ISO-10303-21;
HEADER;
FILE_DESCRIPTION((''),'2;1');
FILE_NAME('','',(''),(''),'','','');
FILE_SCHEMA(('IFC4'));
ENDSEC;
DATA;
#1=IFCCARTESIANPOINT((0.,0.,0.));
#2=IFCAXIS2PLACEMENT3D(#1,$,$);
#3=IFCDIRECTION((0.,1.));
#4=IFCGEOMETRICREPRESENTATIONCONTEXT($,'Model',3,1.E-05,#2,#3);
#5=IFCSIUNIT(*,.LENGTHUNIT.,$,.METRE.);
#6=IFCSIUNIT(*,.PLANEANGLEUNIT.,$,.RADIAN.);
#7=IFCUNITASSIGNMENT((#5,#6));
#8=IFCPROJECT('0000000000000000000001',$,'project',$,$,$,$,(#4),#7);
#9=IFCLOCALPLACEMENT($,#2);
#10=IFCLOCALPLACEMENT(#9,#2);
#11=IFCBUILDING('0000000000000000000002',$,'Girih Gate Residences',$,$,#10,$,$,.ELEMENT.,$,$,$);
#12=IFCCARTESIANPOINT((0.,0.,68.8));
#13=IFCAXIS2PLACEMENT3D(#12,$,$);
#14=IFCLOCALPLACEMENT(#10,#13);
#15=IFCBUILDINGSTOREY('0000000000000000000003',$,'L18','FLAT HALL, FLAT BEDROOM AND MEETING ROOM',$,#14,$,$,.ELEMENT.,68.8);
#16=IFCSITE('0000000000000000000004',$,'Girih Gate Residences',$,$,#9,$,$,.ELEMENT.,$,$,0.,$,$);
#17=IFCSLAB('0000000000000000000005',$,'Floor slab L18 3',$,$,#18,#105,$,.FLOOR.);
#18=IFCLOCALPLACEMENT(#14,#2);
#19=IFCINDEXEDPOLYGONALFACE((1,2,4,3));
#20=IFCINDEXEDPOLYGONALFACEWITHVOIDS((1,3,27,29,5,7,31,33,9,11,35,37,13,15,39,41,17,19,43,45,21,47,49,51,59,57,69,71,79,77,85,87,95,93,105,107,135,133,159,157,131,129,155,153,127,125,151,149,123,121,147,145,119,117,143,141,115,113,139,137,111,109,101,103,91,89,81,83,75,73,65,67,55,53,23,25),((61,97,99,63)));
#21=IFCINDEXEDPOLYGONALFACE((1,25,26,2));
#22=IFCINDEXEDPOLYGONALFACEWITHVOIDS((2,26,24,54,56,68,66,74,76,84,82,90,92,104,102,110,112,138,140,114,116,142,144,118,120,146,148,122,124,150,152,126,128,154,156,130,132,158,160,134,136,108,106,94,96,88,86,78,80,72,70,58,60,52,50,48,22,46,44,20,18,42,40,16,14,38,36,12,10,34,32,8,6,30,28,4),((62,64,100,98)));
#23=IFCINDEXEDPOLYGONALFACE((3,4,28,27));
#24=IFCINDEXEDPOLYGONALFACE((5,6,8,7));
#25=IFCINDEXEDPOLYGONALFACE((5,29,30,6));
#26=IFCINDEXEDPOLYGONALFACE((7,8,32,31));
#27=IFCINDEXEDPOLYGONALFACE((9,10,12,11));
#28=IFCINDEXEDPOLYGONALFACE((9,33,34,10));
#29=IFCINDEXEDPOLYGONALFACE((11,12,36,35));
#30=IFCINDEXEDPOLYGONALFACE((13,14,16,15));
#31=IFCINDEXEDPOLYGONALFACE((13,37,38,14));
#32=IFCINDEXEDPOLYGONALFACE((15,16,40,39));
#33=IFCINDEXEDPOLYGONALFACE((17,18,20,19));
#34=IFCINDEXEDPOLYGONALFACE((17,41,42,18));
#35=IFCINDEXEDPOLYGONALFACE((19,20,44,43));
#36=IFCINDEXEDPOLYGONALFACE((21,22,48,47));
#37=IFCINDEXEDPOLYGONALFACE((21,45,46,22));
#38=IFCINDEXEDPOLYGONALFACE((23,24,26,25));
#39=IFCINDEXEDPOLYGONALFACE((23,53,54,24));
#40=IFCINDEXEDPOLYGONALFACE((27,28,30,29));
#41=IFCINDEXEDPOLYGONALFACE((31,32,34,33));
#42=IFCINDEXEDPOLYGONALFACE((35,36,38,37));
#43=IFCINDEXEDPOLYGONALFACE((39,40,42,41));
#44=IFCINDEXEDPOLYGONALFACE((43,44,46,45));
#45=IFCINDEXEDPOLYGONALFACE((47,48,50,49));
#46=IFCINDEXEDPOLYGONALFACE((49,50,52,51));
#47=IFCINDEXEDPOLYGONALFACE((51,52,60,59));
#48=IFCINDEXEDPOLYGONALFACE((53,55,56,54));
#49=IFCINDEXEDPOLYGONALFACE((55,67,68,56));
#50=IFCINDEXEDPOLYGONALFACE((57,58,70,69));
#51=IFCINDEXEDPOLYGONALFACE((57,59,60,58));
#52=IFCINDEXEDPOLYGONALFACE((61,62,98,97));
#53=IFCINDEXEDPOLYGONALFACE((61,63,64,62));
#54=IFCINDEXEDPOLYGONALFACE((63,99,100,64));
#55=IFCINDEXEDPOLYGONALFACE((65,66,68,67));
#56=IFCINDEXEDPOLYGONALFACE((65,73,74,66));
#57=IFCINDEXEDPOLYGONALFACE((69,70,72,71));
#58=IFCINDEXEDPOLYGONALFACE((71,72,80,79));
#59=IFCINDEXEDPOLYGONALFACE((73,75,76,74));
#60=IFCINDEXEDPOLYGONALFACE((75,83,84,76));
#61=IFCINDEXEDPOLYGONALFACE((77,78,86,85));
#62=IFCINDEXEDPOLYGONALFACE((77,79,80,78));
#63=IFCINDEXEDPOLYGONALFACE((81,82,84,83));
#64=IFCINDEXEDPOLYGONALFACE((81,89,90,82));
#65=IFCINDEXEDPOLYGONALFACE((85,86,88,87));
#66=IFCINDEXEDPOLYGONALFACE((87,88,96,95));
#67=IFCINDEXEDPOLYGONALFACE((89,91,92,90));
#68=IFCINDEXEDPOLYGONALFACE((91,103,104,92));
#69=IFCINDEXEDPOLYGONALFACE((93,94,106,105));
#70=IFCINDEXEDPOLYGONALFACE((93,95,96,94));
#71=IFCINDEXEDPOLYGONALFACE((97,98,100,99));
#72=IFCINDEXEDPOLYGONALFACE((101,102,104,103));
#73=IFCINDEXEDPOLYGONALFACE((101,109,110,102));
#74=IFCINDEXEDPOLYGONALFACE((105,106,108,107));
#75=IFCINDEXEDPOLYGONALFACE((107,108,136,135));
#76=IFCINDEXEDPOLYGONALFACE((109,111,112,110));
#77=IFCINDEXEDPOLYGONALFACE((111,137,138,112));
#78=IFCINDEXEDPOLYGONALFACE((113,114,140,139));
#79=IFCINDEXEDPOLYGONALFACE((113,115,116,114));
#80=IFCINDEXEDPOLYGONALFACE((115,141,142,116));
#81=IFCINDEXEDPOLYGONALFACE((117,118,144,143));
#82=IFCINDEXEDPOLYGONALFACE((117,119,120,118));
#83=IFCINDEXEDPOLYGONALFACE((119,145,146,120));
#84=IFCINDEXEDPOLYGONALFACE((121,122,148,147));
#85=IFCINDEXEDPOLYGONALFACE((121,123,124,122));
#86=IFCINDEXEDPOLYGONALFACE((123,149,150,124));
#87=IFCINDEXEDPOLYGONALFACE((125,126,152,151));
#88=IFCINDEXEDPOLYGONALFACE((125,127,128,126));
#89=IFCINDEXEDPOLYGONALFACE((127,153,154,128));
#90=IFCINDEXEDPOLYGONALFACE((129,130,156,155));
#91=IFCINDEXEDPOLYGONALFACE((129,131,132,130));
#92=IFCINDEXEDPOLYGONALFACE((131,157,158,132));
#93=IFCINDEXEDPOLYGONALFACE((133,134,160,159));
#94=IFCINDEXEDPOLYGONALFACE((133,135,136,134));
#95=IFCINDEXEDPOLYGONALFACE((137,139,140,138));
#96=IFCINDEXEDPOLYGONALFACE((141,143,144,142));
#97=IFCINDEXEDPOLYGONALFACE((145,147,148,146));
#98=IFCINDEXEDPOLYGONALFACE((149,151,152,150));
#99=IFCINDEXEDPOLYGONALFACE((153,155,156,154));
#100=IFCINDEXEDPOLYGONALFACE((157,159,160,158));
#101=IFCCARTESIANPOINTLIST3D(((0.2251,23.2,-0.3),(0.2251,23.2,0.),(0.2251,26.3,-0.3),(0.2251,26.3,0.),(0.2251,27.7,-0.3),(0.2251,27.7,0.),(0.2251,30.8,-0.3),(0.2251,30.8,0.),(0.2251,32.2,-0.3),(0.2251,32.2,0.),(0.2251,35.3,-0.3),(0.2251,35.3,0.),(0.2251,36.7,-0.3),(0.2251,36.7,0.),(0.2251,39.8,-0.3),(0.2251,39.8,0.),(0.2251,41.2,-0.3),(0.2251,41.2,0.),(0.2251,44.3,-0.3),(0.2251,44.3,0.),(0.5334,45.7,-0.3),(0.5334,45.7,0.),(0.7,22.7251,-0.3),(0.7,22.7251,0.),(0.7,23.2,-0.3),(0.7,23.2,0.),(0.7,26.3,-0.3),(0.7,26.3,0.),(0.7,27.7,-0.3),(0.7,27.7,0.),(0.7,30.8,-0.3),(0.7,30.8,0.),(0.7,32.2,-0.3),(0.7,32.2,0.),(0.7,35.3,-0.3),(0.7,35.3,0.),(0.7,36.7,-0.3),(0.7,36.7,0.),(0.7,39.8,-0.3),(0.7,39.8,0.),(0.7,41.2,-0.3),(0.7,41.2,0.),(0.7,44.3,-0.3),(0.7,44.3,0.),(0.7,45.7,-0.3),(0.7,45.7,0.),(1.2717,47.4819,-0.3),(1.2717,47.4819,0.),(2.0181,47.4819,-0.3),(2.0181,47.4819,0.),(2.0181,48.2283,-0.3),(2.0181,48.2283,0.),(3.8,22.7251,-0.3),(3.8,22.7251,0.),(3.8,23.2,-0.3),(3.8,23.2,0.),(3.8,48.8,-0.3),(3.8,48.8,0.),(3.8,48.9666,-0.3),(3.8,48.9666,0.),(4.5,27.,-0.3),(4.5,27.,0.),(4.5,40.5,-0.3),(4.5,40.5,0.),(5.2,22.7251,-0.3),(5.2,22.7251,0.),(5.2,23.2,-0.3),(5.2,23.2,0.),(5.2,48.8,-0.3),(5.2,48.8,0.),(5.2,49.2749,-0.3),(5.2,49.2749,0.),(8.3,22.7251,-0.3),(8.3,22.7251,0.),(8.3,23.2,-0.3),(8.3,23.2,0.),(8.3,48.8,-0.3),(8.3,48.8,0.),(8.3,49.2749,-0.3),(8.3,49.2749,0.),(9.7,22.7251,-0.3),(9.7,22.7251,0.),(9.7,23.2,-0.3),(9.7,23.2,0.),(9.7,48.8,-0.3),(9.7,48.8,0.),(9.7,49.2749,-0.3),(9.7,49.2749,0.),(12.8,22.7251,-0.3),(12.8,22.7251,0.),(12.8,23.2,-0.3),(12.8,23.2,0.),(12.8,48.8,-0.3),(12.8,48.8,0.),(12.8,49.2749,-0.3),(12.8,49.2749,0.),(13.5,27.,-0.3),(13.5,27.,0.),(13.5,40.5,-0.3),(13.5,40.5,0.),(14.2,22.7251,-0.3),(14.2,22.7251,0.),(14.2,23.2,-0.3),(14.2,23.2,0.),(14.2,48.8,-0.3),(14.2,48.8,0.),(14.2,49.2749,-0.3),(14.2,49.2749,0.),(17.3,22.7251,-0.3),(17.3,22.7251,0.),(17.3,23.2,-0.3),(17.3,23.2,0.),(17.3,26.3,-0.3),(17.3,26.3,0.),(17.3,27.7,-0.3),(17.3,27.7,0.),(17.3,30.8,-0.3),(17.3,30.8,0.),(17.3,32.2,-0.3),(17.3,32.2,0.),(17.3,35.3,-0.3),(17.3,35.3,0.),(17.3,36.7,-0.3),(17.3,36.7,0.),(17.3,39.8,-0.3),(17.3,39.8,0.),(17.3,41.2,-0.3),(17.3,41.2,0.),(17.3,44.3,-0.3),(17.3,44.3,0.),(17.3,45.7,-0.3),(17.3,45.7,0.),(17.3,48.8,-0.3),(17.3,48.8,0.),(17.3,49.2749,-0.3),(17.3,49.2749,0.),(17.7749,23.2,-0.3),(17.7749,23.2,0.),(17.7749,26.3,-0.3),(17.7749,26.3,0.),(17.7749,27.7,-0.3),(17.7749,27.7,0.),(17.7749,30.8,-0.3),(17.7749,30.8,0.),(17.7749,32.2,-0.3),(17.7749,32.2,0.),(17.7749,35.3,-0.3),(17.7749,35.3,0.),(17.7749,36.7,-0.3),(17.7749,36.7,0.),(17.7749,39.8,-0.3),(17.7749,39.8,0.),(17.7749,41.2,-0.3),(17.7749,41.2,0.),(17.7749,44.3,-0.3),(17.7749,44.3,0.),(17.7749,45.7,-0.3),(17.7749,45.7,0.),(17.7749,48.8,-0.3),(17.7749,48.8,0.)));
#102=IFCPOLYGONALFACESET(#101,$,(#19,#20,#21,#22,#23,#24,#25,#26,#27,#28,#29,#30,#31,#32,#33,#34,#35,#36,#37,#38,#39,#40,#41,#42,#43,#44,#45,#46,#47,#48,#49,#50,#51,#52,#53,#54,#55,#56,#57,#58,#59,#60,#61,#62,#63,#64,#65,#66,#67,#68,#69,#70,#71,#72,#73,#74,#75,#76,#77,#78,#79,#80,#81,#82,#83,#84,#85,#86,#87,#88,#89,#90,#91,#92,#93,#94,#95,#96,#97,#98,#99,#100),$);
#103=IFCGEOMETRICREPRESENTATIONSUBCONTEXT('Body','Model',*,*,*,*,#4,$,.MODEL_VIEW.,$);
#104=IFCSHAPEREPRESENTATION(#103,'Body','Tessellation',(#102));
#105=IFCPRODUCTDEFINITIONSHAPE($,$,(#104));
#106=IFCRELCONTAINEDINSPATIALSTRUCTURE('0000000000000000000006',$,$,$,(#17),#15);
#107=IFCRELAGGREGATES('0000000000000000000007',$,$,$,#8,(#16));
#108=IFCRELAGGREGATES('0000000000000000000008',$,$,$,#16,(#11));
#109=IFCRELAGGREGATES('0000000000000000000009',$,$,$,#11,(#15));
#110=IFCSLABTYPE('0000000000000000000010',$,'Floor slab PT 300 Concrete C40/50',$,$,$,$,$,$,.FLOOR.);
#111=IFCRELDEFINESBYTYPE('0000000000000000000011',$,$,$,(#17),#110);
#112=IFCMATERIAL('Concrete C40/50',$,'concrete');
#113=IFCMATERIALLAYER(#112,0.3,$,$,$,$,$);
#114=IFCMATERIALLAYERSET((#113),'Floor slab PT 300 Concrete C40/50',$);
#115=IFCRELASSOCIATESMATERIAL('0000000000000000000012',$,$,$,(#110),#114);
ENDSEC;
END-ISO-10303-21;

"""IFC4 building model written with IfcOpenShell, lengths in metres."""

from ifc_helpers import new_model, si_unit, direction, frame, origin, place, context, subcontext, project, spatial, polyline, outline, extrude, material, layer, layer_set, type_object, element, save


model = new_model("IFC4")

# Units and contexts
model_context = context("Model", 3, precision=1e-05, world=origin(), true_north=direction((0.0, 1.0)))
body_context = subcontext(model_context, "Body", "Model", "MODEL_VIEW")
ifc_project = project(units=[si_unit("LENGTHUNIT", "METRE"), si_unit("PLANEANGLEUNIT", "RADIAN")], contexts=[model_context])

# Site, building, storey
site_placement = place(None, origin())
site = spatial("IfcSite", under=ifc_project, at=site_placement, Name="Girih Gate Residences", CompositionType="ELEMENT", RefElevation=0.0)
building_placement = place(site_placement, origin())
building = spatial("IfcBuilding", under=site, at=building_placement, Name="Girih Gate Residences", CompositionType="ELEMENT")
storey_placement = place(building_placement, frame((0.0, 0.0, 68.8)))
storey = spatial("IfcBuildingStorey", under=building, at=storey_placement, Name="L18", Description="FLAT HALL, FLAT BEDROOM AND MEETING ROOM", CompositionType="ELEMENT", Elevation=68.8)

# Slab
ifc_material_1 = material(Name="Concrete C40/50", Category="concrete")
ifc_layer_1 = layer(ifc_material_1, 0.3)
ifc_layer_set_1 = layer_set([ifc_layer_1], Name="Floor slab PT 300 Concrete C40/50")
slab_type_1 = type_object("IfcSlabType", Name="Floor slab PT 300 Concrete C40/50", PredefinedType="FLOOR", material=ifc_layer_set_1)
slab_1_placement = place(storey_placement, frame((0.0, 0.0, -0.3)))
element("IfcSlab", 1, at=slab_1_placement, inside=storey, type_object=slab_type_1, Name="Floor slab L18 3", PredefinedType="FLOOR", context=body_context, shape_type="SweptSolid", body=[
    extrude(outline(polyline([(0.2251, 26.3), (0.2251, 23.2), (0.7, 23.2), (0.7, 22.7251), (3.8, 22.7251), (3.8, 23.2), (5.2, 23.2), (5.2, 22.7251), (8.3, 22.7251), (8.3, 23.2), (9.7, 23.2), (9.7, 22.7251), (12.8, 22.7251), (12.8, 23.2), (14.2, 23.2), (14.2, 22.7251), (17.3, 22.7251), (17.3, 23.2), (17.7749, 23.2), (17.7749, 26.3), (17.3, 26.3), (17.3, 27.7), (17.7749, 27.7), (17.7749, 30.8), (17.3, 30.8), (17.3, 32.2), (17.7749, 32.2), (17.7749, 35.3), (17.3, 35.3), (17.3, 36.7), (17.7749, 36.7), (17.7749, 39.8), (17.3, 39.8), (17.3, 41.2), (17.7749, 41.2), (17.7749, 44.3), (17.3, 44.3), (17.3, 45.7), (17.7749, 45.7), (17.7749, 48.8), (17.3, 48.8), (17.3, 49.2749), (14.2, 49.2749), (14.2, 48.8), (12.8, 48.8), (12.8, 49.2749), (9.7, 49.2749), (9.7, 48.8), (8.3, 48.8), (8.3, 49.2749), (5.2, 49.2749), (5.2, 48.8), (3.8, 48.8), (3.8, 48.9666), (2.0181, 48.2283), (2.0181, 47.4819), (1.2717, 47.4819), (0.5334, 45.7), (0.7, 45.7), (0.7, 44.3), (0.2251, 44.3), (0.2251, 41.2), (0.7, 41.2), (0.7, 39.8), (0.2251, 39.8), (0.2251, 36.7), (0.7, 36.7), (0.7, 35.3), (0.2251, 35.3), (0.2251, 32.2), (0.7, 32.2), (0.7, 30.8), (0.2251, 30.8), (0.2251, 27.7), (0.7, 27.7), (0.7, 26.3), (0.2251, 26.3)]), holes=[polyline([(13.5, 40.5), (13.5, 27.0), (4.5, 27.0), (4.5, 40.5), (13.5, 40.5)])]), origin(), (0.0, 0.0, 1.0), 0.3),
])

save(model, "model.ifc")
